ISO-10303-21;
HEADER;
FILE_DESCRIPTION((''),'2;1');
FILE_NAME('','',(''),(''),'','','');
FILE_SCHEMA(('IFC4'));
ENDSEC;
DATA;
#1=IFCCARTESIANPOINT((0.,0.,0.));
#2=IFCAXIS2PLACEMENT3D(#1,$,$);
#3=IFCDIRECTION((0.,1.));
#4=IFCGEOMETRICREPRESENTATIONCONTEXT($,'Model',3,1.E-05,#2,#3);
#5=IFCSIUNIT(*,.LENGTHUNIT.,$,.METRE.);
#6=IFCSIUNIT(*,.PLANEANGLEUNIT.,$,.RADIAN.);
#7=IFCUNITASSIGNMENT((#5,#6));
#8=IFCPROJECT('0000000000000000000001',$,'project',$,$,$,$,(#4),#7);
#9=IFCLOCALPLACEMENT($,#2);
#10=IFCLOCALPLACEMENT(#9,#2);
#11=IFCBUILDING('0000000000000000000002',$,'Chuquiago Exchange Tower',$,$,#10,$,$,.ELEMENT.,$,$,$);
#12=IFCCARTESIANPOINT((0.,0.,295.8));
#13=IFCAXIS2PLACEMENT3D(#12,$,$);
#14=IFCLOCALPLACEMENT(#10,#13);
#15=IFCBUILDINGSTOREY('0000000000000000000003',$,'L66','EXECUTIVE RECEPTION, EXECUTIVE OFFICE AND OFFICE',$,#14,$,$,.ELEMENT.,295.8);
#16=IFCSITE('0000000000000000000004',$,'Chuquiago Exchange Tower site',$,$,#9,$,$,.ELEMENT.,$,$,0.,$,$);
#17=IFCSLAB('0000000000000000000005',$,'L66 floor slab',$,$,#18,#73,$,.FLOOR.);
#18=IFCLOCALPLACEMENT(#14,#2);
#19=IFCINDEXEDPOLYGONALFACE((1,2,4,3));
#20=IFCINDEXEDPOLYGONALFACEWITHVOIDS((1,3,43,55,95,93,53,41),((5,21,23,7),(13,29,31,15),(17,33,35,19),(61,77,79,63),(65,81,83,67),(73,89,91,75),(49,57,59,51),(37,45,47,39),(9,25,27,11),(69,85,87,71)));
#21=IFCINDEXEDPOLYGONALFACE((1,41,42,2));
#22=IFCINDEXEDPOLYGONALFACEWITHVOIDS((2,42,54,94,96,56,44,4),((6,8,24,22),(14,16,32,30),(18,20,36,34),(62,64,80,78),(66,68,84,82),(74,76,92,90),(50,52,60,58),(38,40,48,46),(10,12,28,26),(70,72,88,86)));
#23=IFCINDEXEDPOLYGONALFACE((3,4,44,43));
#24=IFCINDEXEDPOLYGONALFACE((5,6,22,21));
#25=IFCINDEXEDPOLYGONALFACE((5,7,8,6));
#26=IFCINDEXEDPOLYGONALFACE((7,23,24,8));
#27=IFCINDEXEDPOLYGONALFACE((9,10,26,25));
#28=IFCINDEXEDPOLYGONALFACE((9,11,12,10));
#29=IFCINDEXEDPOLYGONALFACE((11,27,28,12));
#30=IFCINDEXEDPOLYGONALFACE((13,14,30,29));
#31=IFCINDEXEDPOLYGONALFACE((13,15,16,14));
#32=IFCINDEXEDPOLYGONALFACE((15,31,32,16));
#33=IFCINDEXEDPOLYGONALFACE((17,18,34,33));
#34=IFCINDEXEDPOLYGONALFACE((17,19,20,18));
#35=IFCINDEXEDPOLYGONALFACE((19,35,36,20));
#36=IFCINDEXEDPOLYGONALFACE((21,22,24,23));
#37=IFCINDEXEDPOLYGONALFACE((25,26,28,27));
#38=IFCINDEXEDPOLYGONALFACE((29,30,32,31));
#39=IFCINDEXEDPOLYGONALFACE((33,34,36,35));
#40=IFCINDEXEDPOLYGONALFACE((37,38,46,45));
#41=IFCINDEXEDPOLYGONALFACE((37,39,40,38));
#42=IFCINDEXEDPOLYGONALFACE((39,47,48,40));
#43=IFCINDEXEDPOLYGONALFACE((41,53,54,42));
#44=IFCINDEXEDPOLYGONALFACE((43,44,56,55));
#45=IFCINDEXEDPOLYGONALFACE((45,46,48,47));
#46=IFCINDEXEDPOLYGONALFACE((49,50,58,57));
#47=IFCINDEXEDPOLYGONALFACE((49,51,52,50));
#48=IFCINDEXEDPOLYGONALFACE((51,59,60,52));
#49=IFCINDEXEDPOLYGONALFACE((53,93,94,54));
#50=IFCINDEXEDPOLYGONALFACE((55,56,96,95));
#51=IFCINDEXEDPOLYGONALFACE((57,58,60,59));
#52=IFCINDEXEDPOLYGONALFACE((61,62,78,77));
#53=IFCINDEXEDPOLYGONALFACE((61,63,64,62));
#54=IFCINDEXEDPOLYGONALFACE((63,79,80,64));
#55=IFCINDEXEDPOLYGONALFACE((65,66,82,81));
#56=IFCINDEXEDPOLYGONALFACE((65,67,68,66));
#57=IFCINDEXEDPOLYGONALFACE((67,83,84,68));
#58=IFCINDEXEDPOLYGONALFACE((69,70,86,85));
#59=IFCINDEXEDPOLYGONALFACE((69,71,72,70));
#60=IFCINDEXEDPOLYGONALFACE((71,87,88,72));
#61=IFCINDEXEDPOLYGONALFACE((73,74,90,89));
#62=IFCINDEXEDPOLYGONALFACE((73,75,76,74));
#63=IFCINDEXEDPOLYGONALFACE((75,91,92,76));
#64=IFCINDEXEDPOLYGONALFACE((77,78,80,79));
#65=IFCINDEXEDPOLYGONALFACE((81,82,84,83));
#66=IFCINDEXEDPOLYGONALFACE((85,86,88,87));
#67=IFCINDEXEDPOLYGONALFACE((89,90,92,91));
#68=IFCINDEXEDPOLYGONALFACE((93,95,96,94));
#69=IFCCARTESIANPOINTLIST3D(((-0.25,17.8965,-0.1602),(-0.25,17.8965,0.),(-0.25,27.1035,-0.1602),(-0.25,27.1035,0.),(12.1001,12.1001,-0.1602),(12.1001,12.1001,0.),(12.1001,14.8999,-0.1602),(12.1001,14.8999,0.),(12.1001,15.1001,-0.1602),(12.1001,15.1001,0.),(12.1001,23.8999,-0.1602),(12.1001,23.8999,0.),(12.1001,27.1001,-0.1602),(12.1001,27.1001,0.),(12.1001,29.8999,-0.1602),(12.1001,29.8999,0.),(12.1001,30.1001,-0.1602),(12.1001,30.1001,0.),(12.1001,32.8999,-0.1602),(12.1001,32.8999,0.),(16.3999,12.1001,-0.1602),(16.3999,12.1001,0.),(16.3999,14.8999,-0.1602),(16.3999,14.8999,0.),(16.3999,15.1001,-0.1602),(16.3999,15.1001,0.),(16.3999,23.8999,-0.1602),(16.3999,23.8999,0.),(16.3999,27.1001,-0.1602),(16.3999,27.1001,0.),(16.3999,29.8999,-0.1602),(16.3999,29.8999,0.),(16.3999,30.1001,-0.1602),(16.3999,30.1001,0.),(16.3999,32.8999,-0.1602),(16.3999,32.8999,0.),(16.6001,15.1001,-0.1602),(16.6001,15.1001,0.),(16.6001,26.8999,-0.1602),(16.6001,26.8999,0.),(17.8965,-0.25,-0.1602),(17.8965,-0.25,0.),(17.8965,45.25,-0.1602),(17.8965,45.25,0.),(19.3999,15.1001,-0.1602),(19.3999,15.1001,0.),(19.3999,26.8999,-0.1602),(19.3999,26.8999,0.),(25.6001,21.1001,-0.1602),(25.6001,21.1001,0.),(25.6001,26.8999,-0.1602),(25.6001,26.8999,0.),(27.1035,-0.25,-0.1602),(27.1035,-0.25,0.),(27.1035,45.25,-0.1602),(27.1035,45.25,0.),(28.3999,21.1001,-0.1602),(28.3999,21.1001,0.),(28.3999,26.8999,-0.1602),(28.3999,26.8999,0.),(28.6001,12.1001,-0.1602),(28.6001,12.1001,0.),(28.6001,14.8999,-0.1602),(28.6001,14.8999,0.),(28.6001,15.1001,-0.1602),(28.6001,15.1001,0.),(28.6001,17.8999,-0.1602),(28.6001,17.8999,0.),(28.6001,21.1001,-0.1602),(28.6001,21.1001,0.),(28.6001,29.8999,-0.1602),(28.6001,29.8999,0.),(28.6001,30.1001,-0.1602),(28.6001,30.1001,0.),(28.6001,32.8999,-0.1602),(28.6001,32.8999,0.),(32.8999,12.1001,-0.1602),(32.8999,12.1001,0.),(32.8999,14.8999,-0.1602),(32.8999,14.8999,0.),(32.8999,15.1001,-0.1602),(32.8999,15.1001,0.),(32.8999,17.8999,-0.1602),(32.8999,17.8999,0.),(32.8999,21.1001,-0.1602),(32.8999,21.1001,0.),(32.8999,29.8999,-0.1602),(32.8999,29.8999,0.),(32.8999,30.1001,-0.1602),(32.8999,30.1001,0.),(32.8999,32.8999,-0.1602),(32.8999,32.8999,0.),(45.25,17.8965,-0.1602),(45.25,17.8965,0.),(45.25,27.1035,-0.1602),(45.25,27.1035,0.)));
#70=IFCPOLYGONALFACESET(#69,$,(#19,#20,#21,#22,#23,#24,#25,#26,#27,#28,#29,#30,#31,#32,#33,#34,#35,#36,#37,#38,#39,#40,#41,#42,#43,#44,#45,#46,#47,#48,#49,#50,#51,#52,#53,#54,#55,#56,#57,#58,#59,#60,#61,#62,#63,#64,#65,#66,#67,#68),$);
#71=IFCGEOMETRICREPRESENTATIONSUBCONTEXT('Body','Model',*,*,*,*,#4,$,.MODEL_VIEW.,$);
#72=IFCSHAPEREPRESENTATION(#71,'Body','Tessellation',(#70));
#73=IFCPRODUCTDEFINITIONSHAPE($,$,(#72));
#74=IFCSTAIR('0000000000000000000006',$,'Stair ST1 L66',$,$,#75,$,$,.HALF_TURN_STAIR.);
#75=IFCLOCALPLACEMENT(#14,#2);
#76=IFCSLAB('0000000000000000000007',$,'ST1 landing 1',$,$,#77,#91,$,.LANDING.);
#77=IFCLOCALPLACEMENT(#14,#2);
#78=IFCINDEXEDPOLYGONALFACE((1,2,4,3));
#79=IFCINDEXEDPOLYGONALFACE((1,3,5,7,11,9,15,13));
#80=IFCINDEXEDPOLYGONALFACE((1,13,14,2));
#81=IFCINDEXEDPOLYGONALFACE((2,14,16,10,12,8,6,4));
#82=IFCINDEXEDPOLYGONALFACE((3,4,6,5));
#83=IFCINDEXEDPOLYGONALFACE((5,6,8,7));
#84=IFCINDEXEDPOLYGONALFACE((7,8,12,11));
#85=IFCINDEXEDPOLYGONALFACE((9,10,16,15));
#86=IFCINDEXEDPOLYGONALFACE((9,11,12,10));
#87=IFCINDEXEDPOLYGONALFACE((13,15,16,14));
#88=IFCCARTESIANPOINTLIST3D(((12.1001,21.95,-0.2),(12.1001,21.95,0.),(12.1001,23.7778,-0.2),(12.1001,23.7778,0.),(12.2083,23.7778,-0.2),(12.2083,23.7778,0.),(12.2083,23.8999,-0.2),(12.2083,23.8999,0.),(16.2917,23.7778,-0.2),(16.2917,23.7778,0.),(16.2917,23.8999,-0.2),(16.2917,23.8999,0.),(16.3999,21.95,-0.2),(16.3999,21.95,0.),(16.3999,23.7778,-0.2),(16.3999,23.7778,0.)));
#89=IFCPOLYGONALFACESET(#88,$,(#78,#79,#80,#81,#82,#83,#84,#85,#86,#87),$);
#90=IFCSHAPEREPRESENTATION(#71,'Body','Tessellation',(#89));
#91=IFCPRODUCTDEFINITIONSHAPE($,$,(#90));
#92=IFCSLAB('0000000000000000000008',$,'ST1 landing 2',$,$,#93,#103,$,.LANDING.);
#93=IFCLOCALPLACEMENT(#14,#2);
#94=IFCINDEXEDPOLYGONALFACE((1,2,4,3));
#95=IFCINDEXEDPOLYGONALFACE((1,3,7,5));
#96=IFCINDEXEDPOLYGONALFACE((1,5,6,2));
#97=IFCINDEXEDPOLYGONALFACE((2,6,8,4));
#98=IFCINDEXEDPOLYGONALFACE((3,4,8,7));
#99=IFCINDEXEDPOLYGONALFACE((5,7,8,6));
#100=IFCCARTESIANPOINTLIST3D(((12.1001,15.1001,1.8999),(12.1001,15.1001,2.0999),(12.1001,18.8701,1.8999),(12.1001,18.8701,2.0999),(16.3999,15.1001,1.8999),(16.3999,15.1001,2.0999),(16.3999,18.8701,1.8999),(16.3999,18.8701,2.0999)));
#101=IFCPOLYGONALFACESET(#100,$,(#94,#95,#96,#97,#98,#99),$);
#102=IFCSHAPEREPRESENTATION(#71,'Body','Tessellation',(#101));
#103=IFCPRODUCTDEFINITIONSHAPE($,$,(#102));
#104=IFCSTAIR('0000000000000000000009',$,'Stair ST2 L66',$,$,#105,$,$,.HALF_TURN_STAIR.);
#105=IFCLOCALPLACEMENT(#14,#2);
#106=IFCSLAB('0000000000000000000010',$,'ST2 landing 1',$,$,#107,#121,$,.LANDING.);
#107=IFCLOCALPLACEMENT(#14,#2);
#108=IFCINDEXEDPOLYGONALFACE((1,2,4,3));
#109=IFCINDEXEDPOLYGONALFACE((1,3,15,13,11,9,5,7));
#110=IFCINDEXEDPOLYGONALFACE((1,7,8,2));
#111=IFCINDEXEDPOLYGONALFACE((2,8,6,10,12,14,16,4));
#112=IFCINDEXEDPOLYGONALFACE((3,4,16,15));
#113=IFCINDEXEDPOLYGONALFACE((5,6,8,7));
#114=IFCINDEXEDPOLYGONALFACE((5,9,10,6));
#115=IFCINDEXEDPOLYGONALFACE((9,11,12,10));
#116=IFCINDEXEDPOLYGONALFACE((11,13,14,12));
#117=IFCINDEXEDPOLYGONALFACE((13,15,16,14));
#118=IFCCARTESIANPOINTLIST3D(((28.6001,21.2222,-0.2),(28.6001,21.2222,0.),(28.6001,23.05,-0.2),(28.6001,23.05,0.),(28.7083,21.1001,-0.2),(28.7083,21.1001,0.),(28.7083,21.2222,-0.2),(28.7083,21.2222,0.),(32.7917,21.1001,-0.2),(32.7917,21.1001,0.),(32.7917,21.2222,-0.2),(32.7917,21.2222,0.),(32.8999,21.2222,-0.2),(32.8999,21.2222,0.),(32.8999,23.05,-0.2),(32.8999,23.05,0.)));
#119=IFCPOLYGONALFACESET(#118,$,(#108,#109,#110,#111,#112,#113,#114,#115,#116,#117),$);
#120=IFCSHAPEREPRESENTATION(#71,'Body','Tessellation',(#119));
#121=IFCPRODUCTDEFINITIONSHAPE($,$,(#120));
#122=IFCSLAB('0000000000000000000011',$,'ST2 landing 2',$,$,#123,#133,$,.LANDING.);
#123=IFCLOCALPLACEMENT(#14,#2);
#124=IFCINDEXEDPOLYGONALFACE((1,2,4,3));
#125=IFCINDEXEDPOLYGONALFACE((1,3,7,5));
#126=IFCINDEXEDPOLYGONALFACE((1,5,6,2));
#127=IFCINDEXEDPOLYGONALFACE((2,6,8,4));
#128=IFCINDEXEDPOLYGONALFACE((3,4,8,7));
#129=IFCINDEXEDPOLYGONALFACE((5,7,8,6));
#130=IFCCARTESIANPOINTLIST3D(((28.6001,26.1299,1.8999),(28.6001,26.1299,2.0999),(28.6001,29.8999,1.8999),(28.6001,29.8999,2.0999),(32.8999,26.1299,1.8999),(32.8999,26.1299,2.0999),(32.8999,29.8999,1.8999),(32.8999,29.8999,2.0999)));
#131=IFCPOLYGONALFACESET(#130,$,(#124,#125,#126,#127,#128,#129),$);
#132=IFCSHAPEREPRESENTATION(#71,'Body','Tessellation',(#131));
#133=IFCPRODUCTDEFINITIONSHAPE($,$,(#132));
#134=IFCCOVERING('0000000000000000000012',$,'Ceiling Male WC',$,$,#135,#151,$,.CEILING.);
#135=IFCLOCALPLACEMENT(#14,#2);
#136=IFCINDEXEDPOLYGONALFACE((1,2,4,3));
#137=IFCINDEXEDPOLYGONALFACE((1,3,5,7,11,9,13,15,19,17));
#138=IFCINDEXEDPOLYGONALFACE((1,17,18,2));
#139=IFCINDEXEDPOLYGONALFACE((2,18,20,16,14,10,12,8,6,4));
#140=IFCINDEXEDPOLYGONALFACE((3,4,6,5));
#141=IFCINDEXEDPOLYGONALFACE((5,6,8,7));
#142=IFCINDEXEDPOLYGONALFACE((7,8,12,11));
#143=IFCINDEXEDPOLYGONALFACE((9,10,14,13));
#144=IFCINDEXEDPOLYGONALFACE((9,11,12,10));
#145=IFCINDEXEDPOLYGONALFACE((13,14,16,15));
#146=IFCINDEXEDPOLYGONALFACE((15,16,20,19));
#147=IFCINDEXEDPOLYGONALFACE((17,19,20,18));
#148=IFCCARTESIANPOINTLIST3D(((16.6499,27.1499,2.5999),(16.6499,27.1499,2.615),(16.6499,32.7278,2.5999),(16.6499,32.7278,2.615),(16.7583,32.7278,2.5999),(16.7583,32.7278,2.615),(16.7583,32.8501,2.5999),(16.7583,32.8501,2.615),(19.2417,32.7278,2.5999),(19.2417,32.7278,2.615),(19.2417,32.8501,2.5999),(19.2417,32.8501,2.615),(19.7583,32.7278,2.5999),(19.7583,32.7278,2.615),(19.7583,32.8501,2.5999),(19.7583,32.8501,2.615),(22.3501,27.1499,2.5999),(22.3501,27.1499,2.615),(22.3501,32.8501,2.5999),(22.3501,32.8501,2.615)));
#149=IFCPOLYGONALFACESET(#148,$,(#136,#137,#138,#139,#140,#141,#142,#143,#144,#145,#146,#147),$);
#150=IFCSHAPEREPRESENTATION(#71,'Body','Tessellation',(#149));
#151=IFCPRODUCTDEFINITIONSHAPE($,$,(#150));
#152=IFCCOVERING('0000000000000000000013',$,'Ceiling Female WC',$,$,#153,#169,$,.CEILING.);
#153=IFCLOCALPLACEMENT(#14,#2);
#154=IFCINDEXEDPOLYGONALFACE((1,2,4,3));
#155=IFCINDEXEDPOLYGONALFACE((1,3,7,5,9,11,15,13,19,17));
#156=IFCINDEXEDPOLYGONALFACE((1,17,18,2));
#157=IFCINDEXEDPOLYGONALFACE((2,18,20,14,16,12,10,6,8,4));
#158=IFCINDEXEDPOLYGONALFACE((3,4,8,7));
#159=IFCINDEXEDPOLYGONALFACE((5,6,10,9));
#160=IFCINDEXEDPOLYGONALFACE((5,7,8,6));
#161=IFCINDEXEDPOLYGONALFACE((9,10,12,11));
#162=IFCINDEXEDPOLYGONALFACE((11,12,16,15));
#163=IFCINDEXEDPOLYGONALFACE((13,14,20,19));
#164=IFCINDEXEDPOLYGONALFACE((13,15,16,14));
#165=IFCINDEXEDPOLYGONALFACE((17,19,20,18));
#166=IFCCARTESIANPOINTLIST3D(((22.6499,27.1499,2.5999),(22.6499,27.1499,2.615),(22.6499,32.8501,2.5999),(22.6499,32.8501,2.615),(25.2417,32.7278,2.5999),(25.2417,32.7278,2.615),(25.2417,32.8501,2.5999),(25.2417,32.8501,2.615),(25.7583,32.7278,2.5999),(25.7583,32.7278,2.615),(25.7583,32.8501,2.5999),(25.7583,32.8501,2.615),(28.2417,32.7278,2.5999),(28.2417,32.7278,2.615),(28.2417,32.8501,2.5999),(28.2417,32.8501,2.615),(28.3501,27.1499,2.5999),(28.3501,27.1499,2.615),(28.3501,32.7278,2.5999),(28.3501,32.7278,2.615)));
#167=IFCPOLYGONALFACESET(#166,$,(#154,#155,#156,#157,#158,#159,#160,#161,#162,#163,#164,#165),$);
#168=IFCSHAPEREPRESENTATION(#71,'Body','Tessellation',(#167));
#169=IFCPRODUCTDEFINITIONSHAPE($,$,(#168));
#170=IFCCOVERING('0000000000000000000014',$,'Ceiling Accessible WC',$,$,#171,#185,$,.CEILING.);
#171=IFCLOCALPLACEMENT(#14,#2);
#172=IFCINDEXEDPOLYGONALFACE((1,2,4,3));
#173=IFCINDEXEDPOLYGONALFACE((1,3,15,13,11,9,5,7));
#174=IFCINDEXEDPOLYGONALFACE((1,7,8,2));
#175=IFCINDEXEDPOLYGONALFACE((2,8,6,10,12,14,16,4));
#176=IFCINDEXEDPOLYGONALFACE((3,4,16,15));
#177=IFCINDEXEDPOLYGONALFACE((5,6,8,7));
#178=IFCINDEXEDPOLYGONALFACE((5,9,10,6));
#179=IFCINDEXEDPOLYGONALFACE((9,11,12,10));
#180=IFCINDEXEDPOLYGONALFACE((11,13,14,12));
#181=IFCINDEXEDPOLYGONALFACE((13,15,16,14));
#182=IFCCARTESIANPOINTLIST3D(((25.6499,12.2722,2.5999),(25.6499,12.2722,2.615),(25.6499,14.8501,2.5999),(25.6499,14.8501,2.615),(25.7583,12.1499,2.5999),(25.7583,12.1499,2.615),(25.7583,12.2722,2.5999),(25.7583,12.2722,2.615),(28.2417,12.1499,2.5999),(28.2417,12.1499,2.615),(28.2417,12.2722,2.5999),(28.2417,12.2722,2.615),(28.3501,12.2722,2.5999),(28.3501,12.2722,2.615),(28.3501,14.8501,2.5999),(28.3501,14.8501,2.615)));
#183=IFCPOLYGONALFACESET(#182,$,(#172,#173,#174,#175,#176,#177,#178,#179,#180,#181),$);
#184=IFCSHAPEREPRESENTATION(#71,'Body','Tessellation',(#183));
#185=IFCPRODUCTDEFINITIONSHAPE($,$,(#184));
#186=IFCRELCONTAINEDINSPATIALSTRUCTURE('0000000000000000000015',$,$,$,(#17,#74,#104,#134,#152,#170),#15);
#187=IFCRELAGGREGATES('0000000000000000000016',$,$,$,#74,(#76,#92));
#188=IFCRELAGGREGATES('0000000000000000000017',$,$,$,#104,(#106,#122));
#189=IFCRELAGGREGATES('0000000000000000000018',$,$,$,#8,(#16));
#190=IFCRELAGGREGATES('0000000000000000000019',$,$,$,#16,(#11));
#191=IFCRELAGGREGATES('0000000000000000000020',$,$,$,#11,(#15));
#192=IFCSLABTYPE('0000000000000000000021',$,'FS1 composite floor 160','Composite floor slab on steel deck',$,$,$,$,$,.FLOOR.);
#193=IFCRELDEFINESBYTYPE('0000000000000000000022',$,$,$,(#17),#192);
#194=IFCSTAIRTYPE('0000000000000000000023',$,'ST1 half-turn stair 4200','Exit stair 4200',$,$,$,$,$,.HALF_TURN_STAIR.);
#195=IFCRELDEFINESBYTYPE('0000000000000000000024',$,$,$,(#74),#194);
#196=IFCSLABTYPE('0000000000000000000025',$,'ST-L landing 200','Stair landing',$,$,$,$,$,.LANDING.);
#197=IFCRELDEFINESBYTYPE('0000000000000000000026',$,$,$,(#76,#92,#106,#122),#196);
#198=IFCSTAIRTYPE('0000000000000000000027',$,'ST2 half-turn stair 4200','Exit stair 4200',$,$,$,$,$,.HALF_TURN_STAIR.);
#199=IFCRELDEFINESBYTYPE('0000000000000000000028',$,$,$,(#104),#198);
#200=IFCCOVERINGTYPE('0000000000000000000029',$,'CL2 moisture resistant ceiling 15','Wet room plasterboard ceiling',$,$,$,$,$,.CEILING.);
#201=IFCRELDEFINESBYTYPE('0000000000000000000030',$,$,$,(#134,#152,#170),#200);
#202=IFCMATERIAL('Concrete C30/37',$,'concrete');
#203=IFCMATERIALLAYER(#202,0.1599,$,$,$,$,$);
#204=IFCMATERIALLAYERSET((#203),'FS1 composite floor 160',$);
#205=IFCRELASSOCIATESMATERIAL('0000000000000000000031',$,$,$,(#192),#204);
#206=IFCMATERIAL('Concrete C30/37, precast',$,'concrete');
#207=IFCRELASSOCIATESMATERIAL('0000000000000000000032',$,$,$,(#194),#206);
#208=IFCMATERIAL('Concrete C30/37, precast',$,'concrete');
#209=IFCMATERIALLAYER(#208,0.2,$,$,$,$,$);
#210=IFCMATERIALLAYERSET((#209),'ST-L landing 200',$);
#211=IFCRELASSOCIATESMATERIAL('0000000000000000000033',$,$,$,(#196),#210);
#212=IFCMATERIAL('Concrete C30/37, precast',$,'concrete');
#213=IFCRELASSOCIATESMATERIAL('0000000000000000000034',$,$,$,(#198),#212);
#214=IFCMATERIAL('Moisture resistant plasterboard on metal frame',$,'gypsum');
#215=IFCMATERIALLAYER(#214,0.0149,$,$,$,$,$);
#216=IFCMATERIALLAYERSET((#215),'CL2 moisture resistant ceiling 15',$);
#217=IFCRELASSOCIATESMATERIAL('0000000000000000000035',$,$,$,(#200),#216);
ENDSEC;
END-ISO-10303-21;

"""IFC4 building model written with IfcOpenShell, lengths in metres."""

from ifc_helpers import new_model, si_unit, direction, frame, origin, place, context, subcontext, project, spatial, polyline, outline, extrude, material, layer, layer_set, type_object, element, aggregate, save


model = new_model("IFC4")

# Units and contexts
model_context = context("Model", 3, precision=1e-05, world=origin(), true_north=direction((0.0, 1.0)))
body_context = subcontext(model_context, "Body", "Model", "MODEL_VIEW")
ifc_project = project(units=[si_unit("LENGTHUNIT", "METRE"), si_unit("PLANEANGLEUNIT", "RADIAN")], contexts=[model_context])

# Site, building, storey
site_placement = place(None, origin())
site = spatial("IfcSite", under=ifc_project, at=site_placement, Name="Chuquiago Exchange Tower site", CompositionType="ELEMENT", RefElevation=0.0)
building_placement = place(site_placement, origin())
building = spatial("IfcBuilding", under=site, at=building_placement, Name="Chuquiago Exchange Tower", CompositionType="ELEMENT")
storey_placement = place(building_placement, frame((0.0, 0.0, 295.8)))
storey = spatial("IfcBuildingStorey", under=building, at=storey_placement, Name="L66", Description="EXECUTIVE RECEPTION, EXECUTIVE OFFICE AND OFFICE", CompositionType="ELEMENT", Elevation=295.8)

# Slab
ifc_material_1 = material(Name="Concrete C30/37", Category="concrete")
ifc_layer_1 = layer(ifc_material_1, 0.1599)
ifc_layer_set_1 = layer_set([ifc_layer_1], Name="FS1 composite floor 160")
slab_type_1 = type_object("IfcSlabType", Name="FS1 composite floor 160", Description="Composite floor slab on steel deck", PredefinedType="FLOOR", material=ifc_layer_set_1)
slab_1_placement = place(storey_placement, frame((0.0, 0.0, -0.1602)))
element("IfcSlab", 1, at=slab_1_placement, inside=storey, type_object=slab_type_1, Name="L66 floor slab", PredefinedType="FLOOR", context=body_context, shape_type="SweptSolid", body=[
    extrude(outline(polyline([(17.8965, -0.25), (-0.25, 17.8965), (-0.25, 27.1035), (17.8965, 45.25), (27.1035, 45.25), (45.25, 27.1035), (45.25, 17.8965), (27.1035, -0.25), (17.8965, -0.25)]), holes=[polyline([(16.3999, 15.1001), (12.1001, 15.1001), (12.1001, 23.8999), (16.3999, 23.8999), (16.3999, 15.1001)]), polyline([(32.8999, 21.1001), (28.6001, 21.1001), (28.6001, 29.8999), (32.8999, 29.8999), (32.8999, 21.1001)]), polyline([(16.3999, 12.1001), (12.1001, 12.1001), (12.1001, 14.8999), (16.3999, 14.8999), (16.3999, 12.1001)]), polyline([(16.3999, 30.1001), (12.1001, 30.1001), (12.1001, 32.8999), (16.3999, 32.8999), (16.3999, 30.1001)]), polyline([(32.8999, 12.1001), (28.6001, 12.1001), (28.6001, 14.8999), (32.8999, 14.8999), (32.8999, 12.1001)]), polyline([(32.8999, 30.1001), (28.6001, 30.1001), (28.6001, 32.8999), (32.8999, 32.8999), (32.8999, 30.1001)]), polyline([(16.3999, 27.1001), (12.1001, 27.1001), (12.1001, 29.8999), (16.3999, 29.8999), (16.3999, 27.1001)]), polyline([(32.8999, 15.1001), (28.6001, 15.1001), (28.6001, 17.8999), (32.8999, 17.8999), (32.8999, 15.1001)]), polyline([(19.3999, 15.1001), (16.6001, 15.1001), (16.6001, 26.8999), (19.3999, 26.8999), (19.3999, 15.1001)]), polyline([(28.3999, 21.1001), (25.6001, 21.1001), (25.6001, 26.8999), (28.3999, 26.8999), (28.3999, 21.1001)])]), origin(), (0.0, 0.0, 1.0), 0.1602),
])

# Stairs, slabs
ifc_material_2 = material(Name="Concrete C30/37, precast", Category="concrete")
stair_type_1 = type_object("IfcStairType", Name="ST1 half-turn stair 4200", Description="Exit stair 4200", PredefinedType="HALF_TURN_STAIR", material=ifc_material_2)
stair_1_placement = place(storey_placement, origin())
stair_1 = element("IfcStair", 2, at=stair_1_placement, inside=storey, type_object=stair_type_1, Name="Stair ST1 L66", PredefinedType="HALF_TURN_STAIR")
ifc_material_3 = material(Name="Concrete C30/37, precast", Category="concrete")
ifc_layer_2 = layer(ifc_material_3, 0.2)
ifc_layer_set_2 = layer_set([ifc_layer_2], Name="ST-L landing 200")
slab_type_2 = type_object("IfcSlabType", Name="ST-L landing 200", Description="Stair landing", PredefinedType="LANDING", material=ifc_layer_set_2)
slab_2_placement = place(storey_placement, frame((0.0, 0.0, -0.2)))
slab_2 = element("IfcSlab", 3, at=slab_2_placement, type_object=slab_type_2, Name="ST1 landing 1", PredefinedType="LANDING", context=body_context, shape_type="SweptSolid", body=[
    extrude(outline(polyline([(12.2083, 23.8999), (16.2917, 23.8999), (16.2917, 23.7778), (16.3999, 23.7778), (16.3999, 21.95), (12.1001, 21.95), (12.1001, 23.7778), (12.2083, 23.7778), (12.2083, 23.8999)])), origin(), (0.0, 0.0, 1.0), 0.2),
])
slab_3_placement = place(storey_placement, frame((0.0, 0.0, 1.8999)))
slab_3 = element("IfcSlab", 4, at=slab_3_placement, type_object=slab_type_2, Name="ST1 landing 2", PredefinedType="LANDING", context=body_context, shape_type="SweptSolid", body=[
    extrude(outline(polyline([(12.1001, 18.8701), (16.3999, 18.8701), (16.3999, 15.1001), (12.1001, 15.1001), (12.1001, 18.8701)])), origin(), (0.0, 0.0, 1.0), 0.2),
])
aggregate(stair_1, [slab_2, slab_3])
ifc_material_4 = material(Name="Concrete C30/37, precast", Category="concrete")
stair_type_2 = type_object("IfcStairType", Name="ST2 half-turn stair 4200", Description="Exit stair 4200", PredefinedType="HALF_TURN_STAIR", material=ifc_material_4)
stair_2_placement = place(storey_placement, origin())
stair_2 = element("IfcStair", 5, at=stair_2_placement, inside=storey, type_object=stair_type_2, Name="Stair ST2 L66", PredefinedType="HALF_TURN_STAIR")
slab_4_placement = place(storey_placement, frame((0.0, 0.0, -0.2)))
slab_4 = element("IfcSlab", 6, at=slab_4_placement, type_object=slab_type_2, Name="ST2 landing 1", PredefinedType="LANDING", context=body_context, shape_type="SweptSolid", body=[
    extrude(outline(polyline([(32.7917, 21.2222), (32.7917, 21.1001), (28.7083, 21.1001), (28.7083, 21.2222), (28.6001, 21.2222), (28.6001, 23.05), (32.8999, 23.05), (32.8999, 21.2222), (32.7917, 21.2222)])), origin(), (0.0, 0.0, 1.0), 0.2),
])
slab_5_placement = place(storey_placement, frame((0.0, 0.0, 1.8999)))
slab_5 = element("IfcSlab", 7, at=slab_5_placement, type_object=slab_type_2, Name="ST2 landing 2", PredefinedType="LANDING", context=body_context, shape_type="SweptSolid", body=[
    extrude(outline(polyline([(28.6001, 29.8999), (32.8999, 29.8999), (32.8999, 26.1299), (28.6001, 26.1299), (28.6001, 29.8999)])), origin(), (0.0, 0.0, 1.0), 0.2),
])
aggregate(stair_2, [slab_4, slab_5])

# Coverings
ifc_material_5 = material(Name="Moisture resistant plasterboard on metal frame", Category="gypsum")
ifc_layer_3 = layer(ifc_material_5, 0.0149)
ifc_layer_set_3 = layer_set([ifc_layer_3], Name="CL2 moisture resistant ceiling 15")
covering_type_1 = type_object("IfcCoveringType", Name="CL2 moisture resistant ceiling 15", Description="Wet room plasterboard ceiling", PredefinedType="CEILING", material=ifc_layer_set_3)
covering_1_placement = place(storey_placement, frame((0.0, 0.0, 2.5999)))
element("IfcCovering", 8, at=covering_1_placement, inside=storey, type_object=covering_type_1, Name="Ceiling Male WC", PredefinedType="CEILING", context=body_context, shape_type="SweptSolid", body=[
    extrude(outline(polyline([(16.6499, 27.1499), (16.6499, 32.7278), (16.7583, 32.7278), (16.7583, 32.8501), (19.2417, 32.8501), (19.2417, 32.7278), (19.7583, 32.7278), (19.7583, 32.8501), (22.3501, 32.8501), (22.3501, 27.1499), (16.6499, 27.1499)])), origin(), (0.0, 0.0, 1.0), 0.0151),
])
covering_2_placement = place(storey_placement, frame((0.0, 0.0, 2.5999)))
element("IfcCovering", 9, at=covering_2_placement, inside=storey, type_object=covering_type_1, Name="Ceiling Female WC", PredefinedType="CEILING", context=body_context, shape_type="SweptSolid", body=[
    extrude(outline(polyline([(22.6499, 27.1499), (22.6499, 32.8501), (25.2417, 32.8501), (25.2417, 32.7278), (25.7583, 32.7278), (25.7583, 32.8501), (28.2417, 32.8501), (28.2417, 32.7278), (28.3501, 32.7278), (28.3501, 27.1499), (22.6499, 27.1499)])), origin(), (0.0, 0.0, 1.0), 0.0151),
])
covering_3_placement = place(storey_placement, frame((0.0, 0.0, 2.5999)))
element("IfcCovering", 10, at=covering_3_placement, inside=storey, type_object=covering_type_1, Name="Ceiling Accessible WC", PredefinedType="CEILING", context=body_context, shape_type="SweptSolid", body=[
    extrude(outline(polyline([(25.7583, 12.1499), (25.7583, 12.2722), (25.6499, 12.2722), (25.6499, 14.8501), (28.3501, 14.8501), (28.3501, 12.2722), (28.2417, 12.2722), (28.2417, 12.1499), (25.7583, 12.1499)])), origin(), (0.0, 0.0, 1.0), 0.0151),
])

save(model, "model.ifc")
